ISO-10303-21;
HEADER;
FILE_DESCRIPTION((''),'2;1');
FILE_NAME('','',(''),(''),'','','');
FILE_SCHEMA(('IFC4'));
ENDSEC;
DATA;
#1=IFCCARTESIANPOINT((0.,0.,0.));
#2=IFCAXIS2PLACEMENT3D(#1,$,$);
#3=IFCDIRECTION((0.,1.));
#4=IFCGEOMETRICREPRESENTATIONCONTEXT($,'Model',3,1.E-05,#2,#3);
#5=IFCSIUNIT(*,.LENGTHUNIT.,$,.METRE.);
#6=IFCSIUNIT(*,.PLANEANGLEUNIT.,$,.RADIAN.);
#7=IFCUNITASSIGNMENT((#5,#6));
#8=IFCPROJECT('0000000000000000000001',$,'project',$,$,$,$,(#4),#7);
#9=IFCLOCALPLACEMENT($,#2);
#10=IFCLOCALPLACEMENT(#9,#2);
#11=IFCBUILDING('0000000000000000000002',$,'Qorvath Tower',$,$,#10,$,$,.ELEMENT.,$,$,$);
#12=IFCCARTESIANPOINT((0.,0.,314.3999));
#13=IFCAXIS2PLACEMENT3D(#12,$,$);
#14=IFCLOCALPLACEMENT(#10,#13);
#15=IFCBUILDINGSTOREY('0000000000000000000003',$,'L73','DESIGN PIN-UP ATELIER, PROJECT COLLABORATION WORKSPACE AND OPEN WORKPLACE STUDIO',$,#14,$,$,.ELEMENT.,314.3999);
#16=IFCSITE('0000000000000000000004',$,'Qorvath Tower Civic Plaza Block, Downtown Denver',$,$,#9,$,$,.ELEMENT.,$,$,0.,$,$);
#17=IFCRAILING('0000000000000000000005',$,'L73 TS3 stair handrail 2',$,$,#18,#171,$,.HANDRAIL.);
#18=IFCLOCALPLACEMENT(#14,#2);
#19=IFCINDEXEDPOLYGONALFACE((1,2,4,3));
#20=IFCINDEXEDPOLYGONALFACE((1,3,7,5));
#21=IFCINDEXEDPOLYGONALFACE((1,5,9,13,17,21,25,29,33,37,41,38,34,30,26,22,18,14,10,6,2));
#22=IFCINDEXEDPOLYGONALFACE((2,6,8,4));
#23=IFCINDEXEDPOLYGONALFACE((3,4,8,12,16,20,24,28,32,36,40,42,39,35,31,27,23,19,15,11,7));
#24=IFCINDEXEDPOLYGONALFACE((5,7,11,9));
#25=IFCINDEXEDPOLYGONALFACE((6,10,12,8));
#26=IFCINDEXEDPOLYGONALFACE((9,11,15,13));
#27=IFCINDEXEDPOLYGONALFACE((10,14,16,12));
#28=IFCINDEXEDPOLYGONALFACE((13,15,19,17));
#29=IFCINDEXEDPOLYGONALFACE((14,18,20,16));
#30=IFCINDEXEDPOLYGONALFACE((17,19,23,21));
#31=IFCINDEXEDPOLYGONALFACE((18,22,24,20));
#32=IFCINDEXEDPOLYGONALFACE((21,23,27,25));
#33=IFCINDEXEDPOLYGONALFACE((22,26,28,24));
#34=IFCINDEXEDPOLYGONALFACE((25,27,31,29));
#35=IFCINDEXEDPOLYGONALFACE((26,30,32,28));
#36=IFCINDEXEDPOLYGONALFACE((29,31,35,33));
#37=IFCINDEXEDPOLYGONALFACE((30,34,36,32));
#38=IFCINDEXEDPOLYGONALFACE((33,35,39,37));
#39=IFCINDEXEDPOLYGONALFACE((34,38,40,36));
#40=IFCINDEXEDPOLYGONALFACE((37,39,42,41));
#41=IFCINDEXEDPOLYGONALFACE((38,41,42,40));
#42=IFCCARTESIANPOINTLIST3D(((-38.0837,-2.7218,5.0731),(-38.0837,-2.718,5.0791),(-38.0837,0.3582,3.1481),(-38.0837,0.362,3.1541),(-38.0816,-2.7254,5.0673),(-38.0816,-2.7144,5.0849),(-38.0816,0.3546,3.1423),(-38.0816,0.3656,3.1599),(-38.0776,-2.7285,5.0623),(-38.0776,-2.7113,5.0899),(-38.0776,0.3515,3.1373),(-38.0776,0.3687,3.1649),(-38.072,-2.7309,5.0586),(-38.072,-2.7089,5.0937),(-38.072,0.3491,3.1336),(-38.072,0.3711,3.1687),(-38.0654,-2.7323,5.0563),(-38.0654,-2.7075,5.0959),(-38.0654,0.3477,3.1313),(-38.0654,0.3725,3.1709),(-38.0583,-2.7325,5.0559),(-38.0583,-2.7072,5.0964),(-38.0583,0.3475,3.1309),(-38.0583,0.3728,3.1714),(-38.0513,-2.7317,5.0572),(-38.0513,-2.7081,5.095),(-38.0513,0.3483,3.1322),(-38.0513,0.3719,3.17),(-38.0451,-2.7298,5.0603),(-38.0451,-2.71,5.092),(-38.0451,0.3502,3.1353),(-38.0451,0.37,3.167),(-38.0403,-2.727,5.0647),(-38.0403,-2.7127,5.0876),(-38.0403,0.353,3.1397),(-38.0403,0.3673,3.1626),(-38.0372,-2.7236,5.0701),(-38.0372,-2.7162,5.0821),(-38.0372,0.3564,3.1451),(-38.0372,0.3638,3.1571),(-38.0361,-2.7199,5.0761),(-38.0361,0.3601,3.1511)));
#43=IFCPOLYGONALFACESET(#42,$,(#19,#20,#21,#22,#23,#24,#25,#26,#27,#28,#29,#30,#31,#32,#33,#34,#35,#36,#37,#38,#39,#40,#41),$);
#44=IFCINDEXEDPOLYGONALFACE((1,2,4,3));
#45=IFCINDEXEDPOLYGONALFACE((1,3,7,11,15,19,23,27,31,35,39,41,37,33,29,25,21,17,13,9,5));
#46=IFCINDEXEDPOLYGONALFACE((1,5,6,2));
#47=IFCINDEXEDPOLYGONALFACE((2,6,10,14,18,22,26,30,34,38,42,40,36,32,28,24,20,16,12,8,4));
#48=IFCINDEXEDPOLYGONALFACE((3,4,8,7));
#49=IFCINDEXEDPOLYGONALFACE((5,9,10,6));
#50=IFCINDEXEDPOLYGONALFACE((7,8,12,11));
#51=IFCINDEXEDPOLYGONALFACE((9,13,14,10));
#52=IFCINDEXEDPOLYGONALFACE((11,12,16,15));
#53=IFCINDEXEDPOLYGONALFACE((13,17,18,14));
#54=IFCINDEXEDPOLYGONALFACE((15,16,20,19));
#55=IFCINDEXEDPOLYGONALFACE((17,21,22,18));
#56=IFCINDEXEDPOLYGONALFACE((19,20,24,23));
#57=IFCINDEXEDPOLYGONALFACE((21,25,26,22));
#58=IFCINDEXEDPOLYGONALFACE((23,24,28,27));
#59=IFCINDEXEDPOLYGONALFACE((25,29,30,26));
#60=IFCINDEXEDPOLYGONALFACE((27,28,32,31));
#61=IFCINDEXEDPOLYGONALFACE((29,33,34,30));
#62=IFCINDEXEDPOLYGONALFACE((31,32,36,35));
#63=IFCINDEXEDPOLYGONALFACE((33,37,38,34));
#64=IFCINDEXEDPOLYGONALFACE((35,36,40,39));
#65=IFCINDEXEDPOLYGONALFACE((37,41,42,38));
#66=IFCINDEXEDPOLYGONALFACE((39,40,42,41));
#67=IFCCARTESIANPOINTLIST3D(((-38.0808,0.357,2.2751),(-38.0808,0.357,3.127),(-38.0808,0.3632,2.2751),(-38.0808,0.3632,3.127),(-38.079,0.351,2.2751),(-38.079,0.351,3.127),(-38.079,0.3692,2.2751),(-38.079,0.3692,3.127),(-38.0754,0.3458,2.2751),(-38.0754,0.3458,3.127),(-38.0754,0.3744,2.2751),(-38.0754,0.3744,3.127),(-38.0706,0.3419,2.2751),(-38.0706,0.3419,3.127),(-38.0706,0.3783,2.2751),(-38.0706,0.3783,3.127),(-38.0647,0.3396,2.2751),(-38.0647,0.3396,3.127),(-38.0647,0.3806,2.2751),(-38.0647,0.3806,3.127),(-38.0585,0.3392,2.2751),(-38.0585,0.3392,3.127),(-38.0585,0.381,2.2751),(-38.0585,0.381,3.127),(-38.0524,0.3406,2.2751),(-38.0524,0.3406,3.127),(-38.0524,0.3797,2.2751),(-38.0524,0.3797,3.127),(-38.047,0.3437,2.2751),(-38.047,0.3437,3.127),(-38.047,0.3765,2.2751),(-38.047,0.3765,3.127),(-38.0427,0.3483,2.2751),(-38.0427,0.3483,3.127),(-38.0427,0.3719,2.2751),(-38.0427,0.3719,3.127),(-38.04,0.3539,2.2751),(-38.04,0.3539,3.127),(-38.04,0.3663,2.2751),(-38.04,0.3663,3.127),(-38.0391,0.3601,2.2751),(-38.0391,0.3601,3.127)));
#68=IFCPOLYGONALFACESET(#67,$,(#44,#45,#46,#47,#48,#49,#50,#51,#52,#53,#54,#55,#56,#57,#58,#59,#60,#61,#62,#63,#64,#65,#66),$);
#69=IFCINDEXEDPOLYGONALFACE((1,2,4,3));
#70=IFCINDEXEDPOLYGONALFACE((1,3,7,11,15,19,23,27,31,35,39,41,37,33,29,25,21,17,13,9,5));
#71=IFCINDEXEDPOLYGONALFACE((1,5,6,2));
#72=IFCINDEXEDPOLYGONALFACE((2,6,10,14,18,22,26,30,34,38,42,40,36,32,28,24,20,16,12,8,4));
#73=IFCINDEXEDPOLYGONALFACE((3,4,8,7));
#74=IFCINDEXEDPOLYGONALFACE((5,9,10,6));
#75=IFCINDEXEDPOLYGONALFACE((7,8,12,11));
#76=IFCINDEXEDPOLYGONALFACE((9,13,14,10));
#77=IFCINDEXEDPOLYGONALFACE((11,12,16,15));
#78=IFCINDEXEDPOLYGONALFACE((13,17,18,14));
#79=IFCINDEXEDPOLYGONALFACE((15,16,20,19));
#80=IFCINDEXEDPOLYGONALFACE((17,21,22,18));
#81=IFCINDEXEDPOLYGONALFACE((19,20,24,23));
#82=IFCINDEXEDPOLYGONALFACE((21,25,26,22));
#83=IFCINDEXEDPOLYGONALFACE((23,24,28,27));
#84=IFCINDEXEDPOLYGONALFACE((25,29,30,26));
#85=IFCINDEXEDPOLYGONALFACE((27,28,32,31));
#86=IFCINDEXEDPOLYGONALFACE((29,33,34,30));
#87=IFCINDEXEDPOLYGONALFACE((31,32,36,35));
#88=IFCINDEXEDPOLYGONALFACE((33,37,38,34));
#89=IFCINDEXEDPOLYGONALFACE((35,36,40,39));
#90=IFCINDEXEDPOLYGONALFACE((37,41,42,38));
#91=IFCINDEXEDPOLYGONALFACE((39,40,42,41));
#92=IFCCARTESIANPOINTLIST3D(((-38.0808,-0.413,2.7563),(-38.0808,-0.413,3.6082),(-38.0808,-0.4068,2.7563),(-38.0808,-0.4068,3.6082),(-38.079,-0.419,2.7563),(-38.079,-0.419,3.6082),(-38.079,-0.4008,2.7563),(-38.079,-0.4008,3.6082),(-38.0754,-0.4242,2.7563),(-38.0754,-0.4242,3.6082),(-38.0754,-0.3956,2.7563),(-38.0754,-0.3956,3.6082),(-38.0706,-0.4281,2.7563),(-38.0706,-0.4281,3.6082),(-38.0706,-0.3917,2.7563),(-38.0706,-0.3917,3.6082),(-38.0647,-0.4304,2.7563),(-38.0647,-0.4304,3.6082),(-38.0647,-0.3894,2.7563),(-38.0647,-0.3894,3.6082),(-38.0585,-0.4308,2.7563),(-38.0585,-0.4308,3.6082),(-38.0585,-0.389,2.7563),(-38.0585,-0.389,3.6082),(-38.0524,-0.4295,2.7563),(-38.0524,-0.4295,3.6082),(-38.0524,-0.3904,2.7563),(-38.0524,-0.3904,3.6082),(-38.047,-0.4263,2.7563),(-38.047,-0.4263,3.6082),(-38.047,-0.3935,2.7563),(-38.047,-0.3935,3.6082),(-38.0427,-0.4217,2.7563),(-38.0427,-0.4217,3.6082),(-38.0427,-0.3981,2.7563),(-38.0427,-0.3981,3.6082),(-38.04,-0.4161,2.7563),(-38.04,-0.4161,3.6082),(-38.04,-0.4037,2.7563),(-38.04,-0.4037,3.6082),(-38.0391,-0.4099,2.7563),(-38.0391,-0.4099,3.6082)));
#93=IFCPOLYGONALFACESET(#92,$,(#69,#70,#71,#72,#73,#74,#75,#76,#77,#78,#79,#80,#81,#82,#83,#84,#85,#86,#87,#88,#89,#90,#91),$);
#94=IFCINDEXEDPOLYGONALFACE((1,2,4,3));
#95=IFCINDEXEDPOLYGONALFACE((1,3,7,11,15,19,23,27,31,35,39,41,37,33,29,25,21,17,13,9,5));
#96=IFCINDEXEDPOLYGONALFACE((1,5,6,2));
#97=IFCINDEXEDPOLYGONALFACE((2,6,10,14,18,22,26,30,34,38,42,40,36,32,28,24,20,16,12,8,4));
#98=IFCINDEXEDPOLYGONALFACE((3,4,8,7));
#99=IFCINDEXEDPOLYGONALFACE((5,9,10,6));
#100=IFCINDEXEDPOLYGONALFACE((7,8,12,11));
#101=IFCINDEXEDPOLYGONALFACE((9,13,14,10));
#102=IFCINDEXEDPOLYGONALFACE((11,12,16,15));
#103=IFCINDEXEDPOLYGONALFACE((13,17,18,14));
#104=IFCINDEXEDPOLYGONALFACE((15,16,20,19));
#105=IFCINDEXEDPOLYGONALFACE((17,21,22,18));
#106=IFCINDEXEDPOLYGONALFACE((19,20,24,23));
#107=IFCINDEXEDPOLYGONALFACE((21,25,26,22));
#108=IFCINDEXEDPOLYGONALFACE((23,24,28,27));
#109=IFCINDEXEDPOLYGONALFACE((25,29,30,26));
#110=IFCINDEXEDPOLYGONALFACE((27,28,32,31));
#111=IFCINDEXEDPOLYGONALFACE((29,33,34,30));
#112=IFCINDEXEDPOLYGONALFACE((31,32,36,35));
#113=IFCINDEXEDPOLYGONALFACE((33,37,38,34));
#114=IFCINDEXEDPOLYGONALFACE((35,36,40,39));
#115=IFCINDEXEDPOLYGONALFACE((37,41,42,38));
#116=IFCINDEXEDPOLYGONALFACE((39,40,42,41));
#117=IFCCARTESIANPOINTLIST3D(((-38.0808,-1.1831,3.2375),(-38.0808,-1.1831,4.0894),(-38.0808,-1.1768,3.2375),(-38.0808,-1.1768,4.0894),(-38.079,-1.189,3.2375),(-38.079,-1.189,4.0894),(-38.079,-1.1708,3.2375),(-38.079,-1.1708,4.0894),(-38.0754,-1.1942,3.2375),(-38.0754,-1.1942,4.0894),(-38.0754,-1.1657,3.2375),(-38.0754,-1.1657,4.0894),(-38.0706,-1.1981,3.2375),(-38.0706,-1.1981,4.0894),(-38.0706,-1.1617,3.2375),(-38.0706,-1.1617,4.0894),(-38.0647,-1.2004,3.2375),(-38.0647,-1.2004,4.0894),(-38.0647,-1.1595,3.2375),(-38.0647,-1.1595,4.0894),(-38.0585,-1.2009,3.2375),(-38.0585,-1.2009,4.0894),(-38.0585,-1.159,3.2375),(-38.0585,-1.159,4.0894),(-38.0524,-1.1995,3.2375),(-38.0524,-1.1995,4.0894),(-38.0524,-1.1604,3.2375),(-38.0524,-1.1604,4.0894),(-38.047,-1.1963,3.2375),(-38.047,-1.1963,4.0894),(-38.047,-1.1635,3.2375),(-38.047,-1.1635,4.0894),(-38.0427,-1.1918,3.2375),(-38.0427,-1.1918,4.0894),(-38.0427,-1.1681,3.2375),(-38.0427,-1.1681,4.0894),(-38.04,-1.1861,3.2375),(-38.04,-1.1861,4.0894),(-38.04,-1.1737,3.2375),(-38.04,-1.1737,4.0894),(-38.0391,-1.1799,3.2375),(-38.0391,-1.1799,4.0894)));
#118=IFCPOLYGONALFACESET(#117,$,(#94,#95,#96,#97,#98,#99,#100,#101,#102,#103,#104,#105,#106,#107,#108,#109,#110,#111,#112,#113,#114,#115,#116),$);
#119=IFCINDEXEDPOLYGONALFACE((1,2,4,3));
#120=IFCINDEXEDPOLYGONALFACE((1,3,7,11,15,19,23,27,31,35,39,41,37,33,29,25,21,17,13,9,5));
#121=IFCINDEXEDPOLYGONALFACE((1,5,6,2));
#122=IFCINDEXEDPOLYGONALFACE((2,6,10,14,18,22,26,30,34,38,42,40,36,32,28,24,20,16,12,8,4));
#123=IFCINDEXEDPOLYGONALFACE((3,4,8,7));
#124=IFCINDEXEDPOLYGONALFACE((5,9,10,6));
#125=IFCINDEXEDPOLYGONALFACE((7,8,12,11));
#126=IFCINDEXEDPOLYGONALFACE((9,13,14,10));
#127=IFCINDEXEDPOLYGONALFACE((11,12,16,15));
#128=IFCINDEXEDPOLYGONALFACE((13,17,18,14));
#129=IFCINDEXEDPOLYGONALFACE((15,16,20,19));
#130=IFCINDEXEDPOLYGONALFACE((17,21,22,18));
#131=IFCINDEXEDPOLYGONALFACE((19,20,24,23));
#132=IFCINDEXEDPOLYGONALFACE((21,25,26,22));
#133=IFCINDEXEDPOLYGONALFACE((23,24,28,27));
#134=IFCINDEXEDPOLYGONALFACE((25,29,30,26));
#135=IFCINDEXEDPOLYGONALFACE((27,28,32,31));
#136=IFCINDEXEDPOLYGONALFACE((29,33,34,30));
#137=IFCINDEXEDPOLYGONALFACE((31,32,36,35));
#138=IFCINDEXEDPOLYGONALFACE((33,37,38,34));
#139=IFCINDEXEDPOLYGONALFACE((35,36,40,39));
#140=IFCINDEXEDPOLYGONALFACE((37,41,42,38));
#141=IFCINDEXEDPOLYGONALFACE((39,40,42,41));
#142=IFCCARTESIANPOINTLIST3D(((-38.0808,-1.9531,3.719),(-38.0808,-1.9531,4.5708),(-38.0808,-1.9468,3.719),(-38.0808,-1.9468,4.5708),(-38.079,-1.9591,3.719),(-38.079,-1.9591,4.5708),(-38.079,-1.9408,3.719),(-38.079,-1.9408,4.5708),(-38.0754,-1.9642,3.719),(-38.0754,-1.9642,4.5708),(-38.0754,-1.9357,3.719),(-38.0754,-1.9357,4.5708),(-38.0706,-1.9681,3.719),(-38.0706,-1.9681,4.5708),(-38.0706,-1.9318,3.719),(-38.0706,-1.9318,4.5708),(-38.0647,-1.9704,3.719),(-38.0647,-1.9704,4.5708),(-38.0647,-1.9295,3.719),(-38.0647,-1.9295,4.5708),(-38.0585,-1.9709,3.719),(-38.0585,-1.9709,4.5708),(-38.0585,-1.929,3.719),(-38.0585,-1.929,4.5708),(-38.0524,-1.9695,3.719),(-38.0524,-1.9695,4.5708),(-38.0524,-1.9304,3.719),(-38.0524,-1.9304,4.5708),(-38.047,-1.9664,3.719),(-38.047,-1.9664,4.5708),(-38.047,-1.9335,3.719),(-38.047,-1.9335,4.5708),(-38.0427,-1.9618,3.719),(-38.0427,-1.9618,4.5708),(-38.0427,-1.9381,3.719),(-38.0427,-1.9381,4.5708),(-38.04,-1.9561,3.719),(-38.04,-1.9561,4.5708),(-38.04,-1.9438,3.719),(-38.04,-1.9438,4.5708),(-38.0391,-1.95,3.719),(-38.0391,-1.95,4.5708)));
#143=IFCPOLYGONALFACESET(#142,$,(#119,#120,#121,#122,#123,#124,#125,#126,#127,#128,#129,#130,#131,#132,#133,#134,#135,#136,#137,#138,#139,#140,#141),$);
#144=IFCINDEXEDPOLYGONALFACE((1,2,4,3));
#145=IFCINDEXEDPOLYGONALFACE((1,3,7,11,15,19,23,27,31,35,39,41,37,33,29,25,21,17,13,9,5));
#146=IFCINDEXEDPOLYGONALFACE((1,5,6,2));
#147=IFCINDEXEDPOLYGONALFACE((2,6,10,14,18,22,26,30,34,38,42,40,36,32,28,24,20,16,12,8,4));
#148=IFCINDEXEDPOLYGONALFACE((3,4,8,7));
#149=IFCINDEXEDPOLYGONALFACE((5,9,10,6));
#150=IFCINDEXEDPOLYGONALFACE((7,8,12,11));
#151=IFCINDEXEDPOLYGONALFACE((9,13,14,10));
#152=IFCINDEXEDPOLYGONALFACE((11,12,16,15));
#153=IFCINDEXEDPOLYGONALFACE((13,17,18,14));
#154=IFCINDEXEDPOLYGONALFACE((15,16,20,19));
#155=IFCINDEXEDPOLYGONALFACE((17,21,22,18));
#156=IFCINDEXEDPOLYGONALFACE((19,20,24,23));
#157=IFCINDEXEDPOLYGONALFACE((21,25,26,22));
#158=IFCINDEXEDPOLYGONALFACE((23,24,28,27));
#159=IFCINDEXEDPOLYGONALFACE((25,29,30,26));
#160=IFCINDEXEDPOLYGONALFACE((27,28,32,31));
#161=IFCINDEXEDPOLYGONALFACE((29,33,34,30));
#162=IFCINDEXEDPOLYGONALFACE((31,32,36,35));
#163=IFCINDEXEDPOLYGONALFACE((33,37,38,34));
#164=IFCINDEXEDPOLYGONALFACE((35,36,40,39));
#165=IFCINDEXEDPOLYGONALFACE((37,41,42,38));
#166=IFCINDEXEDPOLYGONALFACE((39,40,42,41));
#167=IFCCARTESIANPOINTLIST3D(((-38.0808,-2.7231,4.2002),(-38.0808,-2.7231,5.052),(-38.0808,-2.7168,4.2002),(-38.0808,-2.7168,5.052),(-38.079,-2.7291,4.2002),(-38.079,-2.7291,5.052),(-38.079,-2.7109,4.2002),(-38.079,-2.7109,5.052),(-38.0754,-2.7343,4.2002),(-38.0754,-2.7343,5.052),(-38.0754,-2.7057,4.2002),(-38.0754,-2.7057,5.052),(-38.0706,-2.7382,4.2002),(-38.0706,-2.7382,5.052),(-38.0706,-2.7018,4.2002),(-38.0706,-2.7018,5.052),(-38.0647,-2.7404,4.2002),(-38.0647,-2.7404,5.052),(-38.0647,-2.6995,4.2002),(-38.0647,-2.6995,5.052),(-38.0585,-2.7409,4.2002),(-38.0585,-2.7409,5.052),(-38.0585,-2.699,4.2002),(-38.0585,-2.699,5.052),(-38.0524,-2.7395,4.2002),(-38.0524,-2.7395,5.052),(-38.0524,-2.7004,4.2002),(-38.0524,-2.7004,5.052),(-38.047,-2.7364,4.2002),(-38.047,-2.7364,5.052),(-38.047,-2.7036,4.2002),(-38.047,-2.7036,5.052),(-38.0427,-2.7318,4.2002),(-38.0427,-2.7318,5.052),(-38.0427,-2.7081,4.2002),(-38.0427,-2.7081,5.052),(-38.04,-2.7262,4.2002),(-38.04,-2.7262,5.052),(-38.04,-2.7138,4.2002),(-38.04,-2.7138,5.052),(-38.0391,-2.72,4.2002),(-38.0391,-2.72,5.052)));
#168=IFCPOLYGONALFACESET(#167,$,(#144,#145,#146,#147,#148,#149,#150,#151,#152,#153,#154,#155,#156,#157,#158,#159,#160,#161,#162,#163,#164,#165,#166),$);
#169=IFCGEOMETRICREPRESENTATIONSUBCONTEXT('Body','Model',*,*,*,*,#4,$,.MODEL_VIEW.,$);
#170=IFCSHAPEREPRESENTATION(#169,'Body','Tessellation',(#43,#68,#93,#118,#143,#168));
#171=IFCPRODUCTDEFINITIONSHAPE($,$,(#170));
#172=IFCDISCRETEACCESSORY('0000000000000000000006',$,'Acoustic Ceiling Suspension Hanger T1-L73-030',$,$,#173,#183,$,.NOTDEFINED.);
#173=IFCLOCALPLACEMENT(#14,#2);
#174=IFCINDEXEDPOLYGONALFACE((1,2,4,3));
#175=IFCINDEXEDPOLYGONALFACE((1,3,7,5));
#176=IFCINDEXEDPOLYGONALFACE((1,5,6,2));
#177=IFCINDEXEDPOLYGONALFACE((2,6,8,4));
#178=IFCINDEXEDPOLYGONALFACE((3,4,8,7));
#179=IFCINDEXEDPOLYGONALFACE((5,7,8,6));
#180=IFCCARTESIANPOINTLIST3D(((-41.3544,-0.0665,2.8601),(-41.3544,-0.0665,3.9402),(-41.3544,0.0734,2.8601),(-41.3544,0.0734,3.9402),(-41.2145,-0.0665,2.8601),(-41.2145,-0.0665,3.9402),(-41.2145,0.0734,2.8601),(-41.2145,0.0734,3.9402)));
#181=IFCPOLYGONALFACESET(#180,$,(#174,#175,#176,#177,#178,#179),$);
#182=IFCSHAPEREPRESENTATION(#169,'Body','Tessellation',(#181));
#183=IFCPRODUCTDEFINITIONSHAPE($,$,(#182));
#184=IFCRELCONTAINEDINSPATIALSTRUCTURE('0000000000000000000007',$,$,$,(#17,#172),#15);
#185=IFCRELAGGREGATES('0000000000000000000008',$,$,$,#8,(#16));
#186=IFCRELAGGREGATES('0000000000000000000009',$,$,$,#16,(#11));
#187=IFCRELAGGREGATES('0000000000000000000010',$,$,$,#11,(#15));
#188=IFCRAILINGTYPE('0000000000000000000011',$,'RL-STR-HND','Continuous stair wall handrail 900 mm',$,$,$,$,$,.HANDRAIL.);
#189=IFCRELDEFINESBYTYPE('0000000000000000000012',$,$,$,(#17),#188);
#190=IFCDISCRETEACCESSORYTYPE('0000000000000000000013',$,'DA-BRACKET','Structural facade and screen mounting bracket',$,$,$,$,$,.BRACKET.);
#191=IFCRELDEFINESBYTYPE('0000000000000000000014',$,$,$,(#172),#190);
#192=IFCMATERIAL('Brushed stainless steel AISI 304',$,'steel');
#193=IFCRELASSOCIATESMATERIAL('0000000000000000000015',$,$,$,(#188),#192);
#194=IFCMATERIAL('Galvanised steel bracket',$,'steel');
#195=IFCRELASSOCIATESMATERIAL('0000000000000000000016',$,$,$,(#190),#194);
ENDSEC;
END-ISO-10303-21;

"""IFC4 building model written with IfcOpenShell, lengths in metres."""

from ifc_helpers import new_model, si_unit, direction, frame, origin, origin_2d, place, context, subcontext, project, spatial, rectangle, circle, extrude, material, type_object, element, save


model = new_model("IFC4")

# Units and contexts
model_context = context("Model", 3, precision=1e-05, world=origin(), true_north=direction((0.0, 1.0)))
body_context = subcontext(model_context, "Body", "Model", "MODEL_VIEW")
ifc_project = project(units=[si_unit("LENGTHUNIT", "METRE"), si_unit("PLANEANGLEUNIT", "RADIAN")], contexts=[model_context])

# Site, building, storey
site_placement = place(None, origin())
site = spatial("IfcSite", under=ifc_project, at=site_placement, Name="Qorvath Tower Civic Plaza Block, Downtown Denver", CompositionType="ELEMENT", RefElevation=0.0)
building_placement = place(site_placement, origin())
building = spatial("IfcBuilding", under=site, at=building_placement, Name="Qorvath Tower", CompositionType="ELEMENT")
storey_placement = place(building_placement, frame((0.0, 0.0, 314.3999)))
storey = spatial("IfcBuildingStorey", under=building, at=storey_placement, Name="L73", Description="DESIGN PIN-UP ATELIER, PROJECT COLLABORATION WORKSPACE AND OPEN WORKPLACE STUDIO", CompositionType="ELEMENT", Elevation=314.3999)

# Railing
ifc_material_1 = material(Name="Brushed stainless steel AISI 304", Category="steel")
railing_type_1 = type_object("IfcRailingType", Name="RL-STR-HND", Description="Continuous stair wall handrail 900 mm", PredefinedType="HANDRAIL", material=ifc_material_1)
railing_1_placement = place(storey_placement, frame((-38.0601, 0.3601, 2.2751)))
element("IfcRailing", 1, at=railing_1_placement, inside=storey, type_object=railing_type_1, Name="L73 TS3 stair handrail 2", PredefinedType="HANDRAIL", context=body_context, shape_type="SweptSolid", body=[
    extrude(circle(Radius=0.0239, at=origin_2d()), frame((0.0, 0.0, 0.876), z_axis=(0.0, -0.847998, 0.529999), x_axis=(1.0, 0.0, 0.0)), (0.0, 0.0, 1.0), 3.6321),
    extrude(circle(Radius=0.021, at=origin_2d()), origin(), (0.0, 0.0, 1.0), 0.8518),
    extrude(circle(Radius=0.021, at=origin_2d()), frame((0.0, -0.77, 0.4812)), (0.0, 0.0, 1.0), 0.8518),
    extrude(circle(Radius=0.021, at=origin_2d()), frame((0.0, -1.54, 0.9624)), (0.0, 0.0, 1.0), 0.8518),
    extrude(circle(Radius=0.021, at=origin_2d()), frame((0.0, -2.3101, 1.4438)), (0.0, 0.0, 1.0), 0.8518),
    extrude(circle(Radius=0.021, at=origin_2d()), frame((0.0, -3.0801, 1.925)), (0.0, 0.0, 1.0), 0.8518),
])

# Discrete accessory
ifc_material_2 = material(Name="Galvanised steel bracket", Category="steel")
discrete_accessory_type = type_object("IfcDiscreteAccessoryType", Name="DA-BRACKET", Description="Structural facade and screen mounting bracket", PredefinedType="BRACKET", material=ifc_material_2)
discrete_accessory_placement = place(storey_placement, frame((-41.2844, 0.0034, 2.8601), z_axis=(0.0, 0.0, 1.0), x_axis=(1.0, 0.0, 0.0)))
element("IfcDiscreteAccessory", 2, at=discrete_accessory_placement, inside=storey, type_object=discrete_accessory_type, Name="Acoustic Ceiling Suspension Hanger T1-L73-030", PredefinedType="NOTDEFINED", context=body_context, shape_type="SweptSolid", body=[
    extrude(rectangle(XDim=0.1399, YDim=0.1399, at=origin_2d()), origin(), (0.0, 0.0, 1.0), 1.0801),
])

save(model, "model.ifc")
